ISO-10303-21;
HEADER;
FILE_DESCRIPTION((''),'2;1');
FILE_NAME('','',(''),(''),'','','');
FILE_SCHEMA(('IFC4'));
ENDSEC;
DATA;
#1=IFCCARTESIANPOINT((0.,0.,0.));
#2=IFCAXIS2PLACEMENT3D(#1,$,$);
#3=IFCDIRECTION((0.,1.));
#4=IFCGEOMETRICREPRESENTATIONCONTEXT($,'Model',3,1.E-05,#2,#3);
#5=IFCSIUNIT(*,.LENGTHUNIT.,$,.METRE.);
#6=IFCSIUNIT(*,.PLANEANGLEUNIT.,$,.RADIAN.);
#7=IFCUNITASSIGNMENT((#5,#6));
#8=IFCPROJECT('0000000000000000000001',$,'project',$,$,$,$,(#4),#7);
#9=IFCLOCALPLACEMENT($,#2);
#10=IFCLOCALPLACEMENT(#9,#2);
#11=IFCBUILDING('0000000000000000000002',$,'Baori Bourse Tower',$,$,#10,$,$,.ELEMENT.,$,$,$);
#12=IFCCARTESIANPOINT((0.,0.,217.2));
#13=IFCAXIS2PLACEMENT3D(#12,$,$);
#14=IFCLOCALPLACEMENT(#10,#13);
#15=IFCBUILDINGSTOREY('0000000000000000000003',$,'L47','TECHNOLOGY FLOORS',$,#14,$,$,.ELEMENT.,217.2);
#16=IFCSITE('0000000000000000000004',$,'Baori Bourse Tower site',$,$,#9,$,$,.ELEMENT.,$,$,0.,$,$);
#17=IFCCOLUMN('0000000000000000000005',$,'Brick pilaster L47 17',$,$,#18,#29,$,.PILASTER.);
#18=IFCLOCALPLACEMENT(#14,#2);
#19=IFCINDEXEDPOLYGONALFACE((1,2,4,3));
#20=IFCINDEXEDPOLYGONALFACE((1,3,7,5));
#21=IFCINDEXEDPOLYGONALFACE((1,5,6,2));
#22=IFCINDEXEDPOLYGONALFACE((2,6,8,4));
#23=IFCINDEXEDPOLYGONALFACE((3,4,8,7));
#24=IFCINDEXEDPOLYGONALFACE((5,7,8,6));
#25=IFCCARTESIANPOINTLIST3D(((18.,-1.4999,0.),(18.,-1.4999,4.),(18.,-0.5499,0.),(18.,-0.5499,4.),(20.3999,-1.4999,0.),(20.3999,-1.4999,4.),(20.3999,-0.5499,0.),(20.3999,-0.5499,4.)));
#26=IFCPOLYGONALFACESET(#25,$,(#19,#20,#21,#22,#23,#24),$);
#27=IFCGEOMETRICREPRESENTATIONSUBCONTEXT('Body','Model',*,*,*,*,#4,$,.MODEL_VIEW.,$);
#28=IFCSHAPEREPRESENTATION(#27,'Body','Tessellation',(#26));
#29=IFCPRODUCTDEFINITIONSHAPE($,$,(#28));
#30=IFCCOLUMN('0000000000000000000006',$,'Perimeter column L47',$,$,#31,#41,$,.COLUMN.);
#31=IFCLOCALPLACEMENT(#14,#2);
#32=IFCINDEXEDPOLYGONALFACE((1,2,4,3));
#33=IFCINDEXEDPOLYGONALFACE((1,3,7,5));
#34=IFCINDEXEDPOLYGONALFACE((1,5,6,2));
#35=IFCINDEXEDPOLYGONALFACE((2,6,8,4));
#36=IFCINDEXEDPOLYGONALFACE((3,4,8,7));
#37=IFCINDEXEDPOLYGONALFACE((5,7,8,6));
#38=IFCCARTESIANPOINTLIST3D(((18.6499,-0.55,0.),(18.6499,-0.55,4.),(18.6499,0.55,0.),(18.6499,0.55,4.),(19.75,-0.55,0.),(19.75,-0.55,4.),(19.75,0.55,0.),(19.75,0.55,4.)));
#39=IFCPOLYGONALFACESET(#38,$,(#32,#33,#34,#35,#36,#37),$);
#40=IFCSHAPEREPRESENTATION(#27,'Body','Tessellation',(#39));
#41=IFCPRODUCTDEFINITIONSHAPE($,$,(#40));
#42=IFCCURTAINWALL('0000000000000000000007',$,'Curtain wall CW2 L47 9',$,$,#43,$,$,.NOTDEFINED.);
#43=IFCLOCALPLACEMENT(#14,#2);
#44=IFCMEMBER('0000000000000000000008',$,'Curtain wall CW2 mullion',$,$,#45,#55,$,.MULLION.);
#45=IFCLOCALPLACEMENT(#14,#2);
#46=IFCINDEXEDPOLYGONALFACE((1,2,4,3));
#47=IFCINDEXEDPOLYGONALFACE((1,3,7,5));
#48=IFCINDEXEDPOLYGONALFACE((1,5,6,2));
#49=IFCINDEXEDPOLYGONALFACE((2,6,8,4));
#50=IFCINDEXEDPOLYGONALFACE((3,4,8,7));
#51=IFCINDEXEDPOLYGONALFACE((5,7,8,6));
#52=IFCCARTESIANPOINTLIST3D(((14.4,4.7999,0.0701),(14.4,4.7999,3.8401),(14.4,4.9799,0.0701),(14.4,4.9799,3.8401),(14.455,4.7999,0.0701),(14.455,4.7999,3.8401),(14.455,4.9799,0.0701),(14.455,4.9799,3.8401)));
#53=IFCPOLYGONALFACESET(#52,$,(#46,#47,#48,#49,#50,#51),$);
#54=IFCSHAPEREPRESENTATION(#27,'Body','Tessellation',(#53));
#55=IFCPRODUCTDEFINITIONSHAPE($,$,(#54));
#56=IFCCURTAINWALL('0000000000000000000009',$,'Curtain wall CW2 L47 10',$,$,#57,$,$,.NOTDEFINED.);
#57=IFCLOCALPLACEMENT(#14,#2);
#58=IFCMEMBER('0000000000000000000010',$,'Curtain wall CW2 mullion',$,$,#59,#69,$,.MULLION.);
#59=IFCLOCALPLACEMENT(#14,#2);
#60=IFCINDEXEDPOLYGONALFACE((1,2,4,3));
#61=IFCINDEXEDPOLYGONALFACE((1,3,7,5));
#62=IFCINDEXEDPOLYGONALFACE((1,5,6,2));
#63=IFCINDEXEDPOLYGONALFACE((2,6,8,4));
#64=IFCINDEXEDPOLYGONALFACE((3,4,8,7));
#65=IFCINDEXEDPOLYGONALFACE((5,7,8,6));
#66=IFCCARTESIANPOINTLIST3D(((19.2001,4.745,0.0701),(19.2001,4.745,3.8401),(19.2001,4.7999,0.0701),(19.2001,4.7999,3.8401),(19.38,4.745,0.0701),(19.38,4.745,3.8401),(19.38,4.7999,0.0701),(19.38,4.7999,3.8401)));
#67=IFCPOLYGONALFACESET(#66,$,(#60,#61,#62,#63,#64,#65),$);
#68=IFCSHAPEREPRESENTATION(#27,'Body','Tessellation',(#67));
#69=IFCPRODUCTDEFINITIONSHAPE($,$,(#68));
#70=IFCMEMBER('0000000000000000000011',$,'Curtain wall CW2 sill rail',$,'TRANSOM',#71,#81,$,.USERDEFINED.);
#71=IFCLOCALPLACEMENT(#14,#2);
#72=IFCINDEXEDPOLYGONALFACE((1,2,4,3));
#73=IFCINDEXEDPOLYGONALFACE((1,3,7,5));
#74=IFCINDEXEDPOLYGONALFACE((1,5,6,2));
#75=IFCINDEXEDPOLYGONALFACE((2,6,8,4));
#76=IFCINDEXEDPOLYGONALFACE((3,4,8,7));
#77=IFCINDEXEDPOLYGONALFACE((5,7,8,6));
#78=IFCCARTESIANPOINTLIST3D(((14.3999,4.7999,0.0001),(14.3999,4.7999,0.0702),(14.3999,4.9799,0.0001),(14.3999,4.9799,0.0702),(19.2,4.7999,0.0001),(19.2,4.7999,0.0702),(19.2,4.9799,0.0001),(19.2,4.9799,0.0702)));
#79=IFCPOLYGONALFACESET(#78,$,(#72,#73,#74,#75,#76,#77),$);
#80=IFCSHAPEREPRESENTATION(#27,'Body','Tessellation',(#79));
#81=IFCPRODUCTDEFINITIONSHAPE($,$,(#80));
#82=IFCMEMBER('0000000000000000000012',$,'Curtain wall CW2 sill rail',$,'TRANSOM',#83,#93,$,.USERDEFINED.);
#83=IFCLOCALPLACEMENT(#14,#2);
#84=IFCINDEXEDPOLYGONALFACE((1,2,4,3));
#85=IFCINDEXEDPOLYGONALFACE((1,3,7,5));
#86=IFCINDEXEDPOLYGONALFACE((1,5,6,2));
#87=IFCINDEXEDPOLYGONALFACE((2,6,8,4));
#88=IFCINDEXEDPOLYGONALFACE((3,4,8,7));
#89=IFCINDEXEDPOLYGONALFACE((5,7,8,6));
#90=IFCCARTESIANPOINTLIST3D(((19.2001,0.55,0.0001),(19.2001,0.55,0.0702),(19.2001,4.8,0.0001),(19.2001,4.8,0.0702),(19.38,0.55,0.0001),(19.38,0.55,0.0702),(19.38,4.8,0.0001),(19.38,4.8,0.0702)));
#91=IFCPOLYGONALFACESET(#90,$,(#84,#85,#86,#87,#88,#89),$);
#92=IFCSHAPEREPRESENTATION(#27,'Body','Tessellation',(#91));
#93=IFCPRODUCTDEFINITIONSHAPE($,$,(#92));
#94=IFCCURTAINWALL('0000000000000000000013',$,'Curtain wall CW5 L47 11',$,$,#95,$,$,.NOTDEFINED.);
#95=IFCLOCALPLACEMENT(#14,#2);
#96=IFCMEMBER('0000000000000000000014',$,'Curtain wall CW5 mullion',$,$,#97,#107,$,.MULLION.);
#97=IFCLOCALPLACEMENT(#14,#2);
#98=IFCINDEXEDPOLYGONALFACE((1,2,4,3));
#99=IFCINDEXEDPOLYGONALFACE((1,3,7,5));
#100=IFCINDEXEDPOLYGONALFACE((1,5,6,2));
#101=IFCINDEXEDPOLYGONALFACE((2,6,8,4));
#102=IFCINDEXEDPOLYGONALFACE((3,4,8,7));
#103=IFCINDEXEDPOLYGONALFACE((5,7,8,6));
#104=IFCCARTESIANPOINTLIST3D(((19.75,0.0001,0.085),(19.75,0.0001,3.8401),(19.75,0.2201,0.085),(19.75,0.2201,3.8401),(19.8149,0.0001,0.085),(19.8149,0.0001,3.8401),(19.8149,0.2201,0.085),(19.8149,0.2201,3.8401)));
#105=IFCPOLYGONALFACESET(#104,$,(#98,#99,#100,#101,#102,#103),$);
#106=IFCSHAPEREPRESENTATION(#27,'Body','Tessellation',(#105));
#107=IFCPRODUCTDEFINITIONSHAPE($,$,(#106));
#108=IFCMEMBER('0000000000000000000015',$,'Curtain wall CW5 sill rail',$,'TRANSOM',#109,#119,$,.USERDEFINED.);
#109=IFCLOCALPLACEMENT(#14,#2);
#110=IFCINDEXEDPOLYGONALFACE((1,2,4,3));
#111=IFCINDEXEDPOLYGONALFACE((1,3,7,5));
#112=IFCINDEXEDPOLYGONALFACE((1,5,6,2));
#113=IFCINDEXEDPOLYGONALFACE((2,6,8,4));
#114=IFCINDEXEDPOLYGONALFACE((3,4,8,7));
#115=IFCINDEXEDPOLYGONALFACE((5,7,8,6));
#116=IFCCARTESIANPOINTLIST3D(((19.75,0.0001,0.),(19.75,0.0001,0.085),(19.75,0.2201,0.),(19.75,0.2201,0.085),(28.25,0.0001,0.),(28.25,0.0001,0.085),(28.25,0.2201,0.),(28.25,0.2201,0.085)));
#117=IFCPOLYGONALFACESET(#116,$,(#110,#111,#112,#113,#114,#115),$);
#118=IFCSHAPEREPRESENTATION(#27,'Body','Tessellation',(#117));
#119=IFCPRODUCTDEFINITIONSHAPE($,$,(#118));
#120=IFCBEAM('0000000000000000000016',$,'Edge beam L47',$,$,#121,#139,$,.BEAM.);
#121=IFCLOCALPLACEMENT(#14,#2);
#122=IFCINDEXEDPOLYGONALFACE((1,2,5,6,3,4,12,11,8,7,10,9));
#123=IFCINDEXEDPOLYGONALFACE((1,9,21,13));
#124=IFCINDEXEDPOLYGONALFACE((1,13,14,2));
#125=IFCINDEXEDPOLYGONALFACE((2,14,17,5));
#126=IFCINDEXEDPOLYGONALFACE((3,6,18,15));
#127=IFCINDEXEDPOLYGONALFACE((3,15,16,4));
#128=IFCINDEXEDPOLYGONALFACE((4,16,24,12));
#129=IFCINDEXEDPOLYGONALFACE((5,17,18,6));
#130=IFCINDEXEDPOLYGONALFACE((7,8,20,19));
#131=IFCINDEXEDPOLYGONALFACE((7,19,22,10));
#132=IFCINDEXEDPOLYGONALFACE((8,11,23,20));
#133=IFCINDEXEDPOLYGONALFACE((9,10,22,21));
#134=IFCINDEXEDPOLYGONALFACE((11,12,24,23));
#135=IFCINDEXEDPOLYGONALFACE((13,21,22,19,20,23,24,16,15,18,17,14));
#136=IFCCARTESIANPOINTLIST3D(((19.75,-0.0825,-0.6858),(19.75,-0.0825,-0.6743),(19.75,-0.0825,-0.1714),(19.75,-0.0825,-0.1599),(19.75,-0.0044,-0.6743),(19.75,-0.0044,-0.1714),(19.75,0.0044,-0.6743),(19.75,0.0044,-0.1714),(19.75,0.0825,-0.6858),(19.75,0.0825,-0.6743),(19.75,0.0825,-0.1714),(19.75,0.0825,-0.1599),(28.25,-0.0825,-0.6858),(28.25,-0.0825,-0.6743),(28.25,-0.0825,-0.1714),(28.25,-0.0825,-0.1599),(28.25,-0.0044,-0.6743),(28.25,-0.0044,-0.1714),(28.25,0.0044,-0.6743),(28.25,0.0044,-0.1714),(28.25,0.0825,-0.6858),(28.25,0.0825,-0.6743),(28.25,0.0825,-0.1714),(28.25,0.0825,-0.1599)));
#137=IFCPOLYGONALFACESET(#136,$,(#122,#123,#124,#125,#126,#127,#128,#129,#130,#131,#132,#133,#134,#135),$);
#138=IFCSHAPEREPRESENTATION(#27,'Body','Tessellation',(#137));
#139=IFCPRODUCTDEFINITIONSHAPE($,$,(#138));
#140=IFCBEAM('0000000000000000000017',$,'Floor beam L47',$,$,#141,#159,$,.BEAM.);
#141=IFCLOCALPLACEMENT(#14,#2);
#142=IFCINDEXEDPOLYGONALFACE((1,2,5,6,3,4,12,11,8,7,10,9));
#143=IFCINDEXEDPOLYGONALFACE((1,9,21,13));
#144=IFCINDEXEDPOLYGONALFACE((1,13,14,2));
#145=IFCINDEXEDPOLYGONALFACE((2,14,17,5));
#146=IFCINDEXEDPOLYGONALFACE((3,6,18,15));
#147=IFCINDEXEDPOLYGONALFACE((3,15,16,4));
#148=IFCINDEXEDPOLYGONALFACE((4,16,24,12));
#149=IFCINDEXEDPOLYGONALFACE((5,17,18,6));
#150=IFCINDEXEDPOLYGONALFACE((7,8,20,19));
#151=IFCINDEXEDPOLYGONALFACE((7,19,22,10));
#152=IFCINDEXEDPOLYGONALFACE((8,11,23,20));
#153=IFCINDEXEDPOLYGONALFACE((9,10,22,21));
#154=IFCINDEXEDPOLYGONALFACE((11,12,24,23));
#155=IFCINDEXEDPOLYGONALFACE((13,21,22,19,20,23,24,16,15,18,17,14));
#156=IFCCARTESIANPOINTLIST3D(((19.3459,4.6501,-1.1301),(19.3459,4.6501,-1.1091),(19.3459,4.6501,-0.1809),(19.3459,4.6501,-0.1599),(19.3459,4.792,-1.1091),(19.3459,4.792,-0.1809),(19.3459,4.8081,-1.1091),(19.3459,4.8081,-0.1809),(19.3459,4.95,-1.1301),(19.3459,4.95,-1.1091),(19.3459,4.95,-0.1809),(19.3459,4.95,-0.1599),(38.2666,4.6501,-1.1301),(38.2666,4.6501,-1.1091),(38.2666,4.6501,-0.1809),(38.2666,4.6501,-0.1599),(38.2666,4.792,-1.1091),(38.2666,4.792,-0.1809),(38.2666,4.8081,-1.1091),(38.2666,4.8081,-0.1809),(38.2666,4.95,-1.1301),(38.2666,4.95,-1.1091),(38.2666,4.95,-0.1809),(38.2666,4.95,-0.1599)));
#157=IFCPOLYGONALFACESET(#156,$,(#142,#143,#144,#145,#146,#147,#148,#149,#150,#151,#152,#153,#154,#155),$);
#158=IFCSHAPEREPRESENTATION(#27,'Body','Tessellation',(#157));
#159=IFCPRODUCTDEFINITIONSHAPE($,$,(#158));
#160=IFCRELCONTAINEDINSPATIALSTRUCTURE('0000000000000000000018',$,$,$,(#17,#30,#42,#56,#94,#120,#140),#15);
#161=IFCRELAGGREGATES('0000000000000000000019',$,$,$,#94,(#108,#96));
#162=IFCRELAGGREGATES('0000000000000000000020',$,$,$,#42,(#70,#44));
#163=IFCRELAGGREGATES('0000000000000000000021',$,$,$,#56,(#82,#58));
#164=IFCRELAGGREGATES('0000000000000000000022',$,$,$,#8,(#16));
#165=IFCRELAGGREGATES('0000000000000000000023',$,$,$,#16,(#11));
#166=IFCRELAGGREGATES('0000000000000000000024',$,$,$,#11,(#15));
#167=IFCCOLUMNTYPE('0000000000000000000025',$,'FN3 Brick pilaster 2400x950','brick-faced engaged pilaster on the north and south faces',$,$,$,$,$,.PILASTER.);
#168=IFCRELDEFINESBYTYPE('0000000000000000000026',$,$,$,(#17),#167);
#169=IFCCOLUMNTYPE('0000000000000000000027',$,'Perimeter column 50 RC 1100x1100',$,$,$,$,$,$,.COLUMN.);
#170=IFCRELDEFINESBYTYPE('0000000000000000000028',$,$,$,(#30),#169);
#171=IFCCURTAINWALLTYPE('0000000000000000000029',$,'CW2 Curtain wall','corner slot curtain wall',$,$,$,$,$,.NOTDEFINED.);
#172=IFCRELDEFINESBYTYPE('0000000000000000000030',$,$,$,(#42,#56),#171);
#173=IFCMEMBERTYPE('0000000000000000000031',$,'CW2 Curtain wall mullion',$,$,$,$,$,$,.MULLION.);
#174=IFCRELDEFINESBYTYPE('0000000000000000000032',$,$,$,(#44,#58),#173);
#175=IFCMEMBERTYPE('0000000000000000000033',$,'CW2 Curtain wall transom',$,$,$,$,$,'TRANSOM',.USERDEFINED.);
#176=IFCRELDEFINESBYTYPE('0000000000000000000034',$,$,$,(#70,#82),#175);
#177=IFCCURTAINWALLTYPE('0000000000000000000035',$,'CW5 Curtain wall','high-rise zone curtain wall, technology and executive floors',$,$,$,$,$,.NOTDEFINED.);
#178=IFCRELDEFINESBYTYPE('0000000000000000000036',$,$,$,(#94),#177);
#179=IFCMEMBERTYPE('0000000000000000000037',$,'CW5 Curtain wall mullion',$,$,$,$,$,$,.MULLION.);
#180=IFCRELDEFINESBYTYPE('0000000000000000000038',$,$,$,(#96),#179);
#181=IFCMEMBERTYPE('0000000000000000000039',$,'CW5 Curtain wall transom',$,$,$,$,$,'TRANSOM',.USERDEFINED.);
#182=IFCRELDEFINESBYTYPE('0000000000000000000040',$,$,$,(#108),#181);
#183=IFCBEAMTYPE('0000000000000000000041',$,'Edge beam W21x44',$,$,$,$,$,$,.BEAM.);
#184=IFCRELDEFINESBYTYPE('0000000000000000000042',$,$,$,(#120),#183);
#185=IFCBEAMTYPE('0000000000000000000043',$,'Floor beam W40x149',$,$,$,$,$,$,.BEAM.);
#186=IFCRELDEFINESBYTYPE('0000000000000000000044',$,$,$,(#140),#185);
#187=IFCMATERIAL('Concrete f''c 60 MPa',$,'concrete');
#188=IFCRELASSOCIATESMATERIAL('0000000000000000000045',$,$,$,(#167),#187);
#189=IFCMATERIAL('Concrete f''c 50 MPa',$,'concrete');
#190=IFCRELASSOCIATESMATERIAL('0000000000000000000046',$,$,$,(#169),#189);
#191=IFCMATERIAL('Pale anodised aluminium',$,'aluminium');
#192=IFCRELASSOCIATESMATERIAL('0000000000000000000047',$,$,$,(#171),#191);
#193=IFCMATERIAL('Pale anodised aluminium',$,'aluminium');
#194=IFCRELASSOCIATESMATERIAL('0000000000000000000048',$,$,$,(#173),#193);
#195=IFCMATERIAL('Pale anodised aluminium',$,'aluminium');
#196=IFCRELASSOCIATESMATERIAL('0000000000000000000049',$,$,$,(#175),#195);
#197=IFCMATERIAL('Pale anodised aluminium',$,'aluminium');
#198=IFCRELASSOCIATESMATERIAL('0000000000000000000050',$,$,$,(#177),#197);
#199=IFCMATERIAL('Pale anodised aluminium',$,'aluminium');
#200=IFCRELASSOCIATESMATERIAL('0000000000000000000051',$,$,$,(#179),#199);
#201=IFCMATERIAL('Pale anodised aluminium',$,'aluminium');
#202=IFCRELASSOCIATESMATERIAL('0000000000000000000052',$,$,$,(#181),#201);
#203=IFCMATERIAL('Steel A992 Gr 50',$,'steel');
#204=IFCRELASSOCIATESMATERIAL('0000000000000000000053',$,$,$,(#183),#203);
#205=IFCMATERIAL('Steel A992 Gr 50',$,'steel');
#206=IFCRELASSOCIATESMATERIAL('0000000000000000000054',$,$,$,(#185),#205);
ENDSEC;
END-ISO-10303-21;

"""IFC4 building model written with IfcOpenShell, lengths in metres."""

from ifc_helpers import new_model, si_unit, direction, frame, origin, origin_2d, place, context, subcontext, project, spatial, rectangle, i_section, extrude, material, material_profile, profile_set, type_object, element, aggregate, save


model = new_model("IFC4")

# Units and contexts
model_context = context("Model", 3, precision=1e-05, world=origin(), true_north=direction((0.0, 1.0)))
body_context = subcontext(model_context, "Body", "Model", "MODEL_VIEW")
ifc_project = project(units=[si_unit("LENGTHUNIT", "METRE"), si_unit("PLANEANGLEUNIT", "RADIAN")], contexts=[model_context])

# Site, building, storey
site_placement = place(None, origin())
site = spatial("IfcSite", under=ifc_project, at=site_placement, Name="Baori Bourse Tower site", CompositionType="ELEMENT", RefElevation=0.0)
building_placement = place(site_placement, origin())
building = spatial("IfcBuilding", under=site, at=building_placement, Name="Baori Bourse Tower", CompositionType="ELEMENT")
storey_placement = place(building_placement, frame((0.0, 0.0, 217.2)))
storey = spatial("IfcBuildingStorey", under=building, at=storey_placement, Name="L47", Description="TECHNOLOGY FLOORS", CompositionType="ELEMENT", Elevation=217.2)

# Columns
ifc_material_1 = material(Name="Concrete f'c 60 MPa", Category="concrete")
ifc_material_profile_1 = material_profile(ifc_material_1, rectangle(XDim=2.3999, YDim=0.95, at=origin_2d()), Name="RC 2400x950")
ifc_profile_set_1 = profile_set([ifc_material_profile_1], Name="Concrete f'c 60 MPa")
column_type_1 = type_object("IfcColumnType", Name="FN3 Brick pilaster 2400x950", Description="brick-faced engaged pilaster on the north and south faces", PredefinedType="PILASTER", material=ifc_profile_set_1)
column_1_placement = place(storey_placement, frame((19.2, -1.0249, 0.0), z_axis=(0.0, 0.0, 1.0), x_axis=(1.0, 0.0, 0.0)))
element("IfcColumn", 1, at=column_1_placement, inside=storey, type_object=column_type_1, Name="Brick pilaster L47 17", PredefinedType="PILASTER", context=body_context, shape_type="SweptSolid", body=[
    extrude(rectangle(XDim=2.3999, YDim=0.95, at=origin_2d()), origin(), (0.0, 0.0, 1.0), 4.0),
])
ifc_material_2 = material(Name="Concrete f'c 50 MPa", Category="concrete")
ifc_material_profile_2 = material_profile(ifc_material_2, rectangle(XDim=1.1001, YDim=1.1001, at=origin_2d()), Name="RC 1100x1100")
ifc_profile_set_2 = profile_set([ifc_material_profile_2], Name="Concrete f'c 50 MPa")
column_type_2 = type_object("IfcColumnType", Name="Perimeter column 50 RC 1100x1100", PredefinedType="COLUMN", material=ifc_profile_set_2)
column_2_placement = place(storey_placement, frame((19.2, 0.0, 0.0), z_axis=(0.0, 0.0, 1.0), x_axis=(1.0, 0.0, 0.0)))
element("IfcColumn", 2, at=column_2_placement, inside=storey, type_object=column_type_2, Name="Perimeter column L47", PredefinedType="COLUMN", context=body_context, shape_type="SweptSolid", body=[
    extrude(rectangle(XDim=1.1001, YDim=1.1001, at=origin_2d()), origin(), (0.0, 0.0, 1.0), 4.0),
])

# Curtain walls, members
ifc_material_3 = material(Name="Pale anodised aluminium", Category="aluminium")
curtain_wall_type_1 = type_object("IfcCurtainWallType", Name="CW2 Curtain wall", Description="corner slot curtain wall", PredefinedType="NOTDEFINED", material=ifc_material_3)
curtain_wall_1_placement = place(storey_placement, origin())
curtain_wall_1 = element("IfcCurtainWall", 3, at=curtain_wall_1_placement, inside=storey, type_object=curtain_wall_type_1, Name="Curtain wall CW2 L47 9", PredefinedType="NOTDEFINED")
ifc_material_4 = material(Name="Pale anodised aluminium", Category="aluminium")
ifc_material_profile_3 = material_profile(ifc_material_4, rectangle(XDim=0.1799, YDim=0.0549, at=origin_2d()), Name="Mullion 55x180")
ifc_profile_set_3 = profile_set([ifc_material_profile_3], Name="Pale anodised aluminium")
member_type_1 = type_object("IfcMemberType", Name="CW2 Curtain wall mullion", PredefinedType="MULLION", material=ifc_profile_set_3)
member_1_placement = place(storey_placement, frame((14.4275, 4.8899, 0.0701), z_axis=(0.0, 0.0, 1.0), x_axis=(0.0, 1.0, 0.0)))
member_1 = element("IfcMember", 4, at=member_1_placement, type_object=member_type_1, Name="Curtain wall CW2 mullion", PredefinedType="MULLION", context=body_context, shape_type="SweptSolid", body=[
    extrude(rectangle(XDim=0.1799, YDim=0.0549, at=origin_2d()), origin(), (0.0, 0.0, 1.0), 3.77),
])
curtain_wall_2_placement = place(storey_placement, origin())
curtain_wall_2 = element("IfcCurtainWall", 5, at=curtain_wall_2_placement, inside=storey, type_object=curtain_wall_type_1, Name="Curtain wall CW2 L47 10", PredefinedType="NOTDEFINED")
member_2_placement = place(storey_placement, frame((19.29, 4.7725, 0.0701), z_axis=(0.0, 0.0, 1.0), x_axis=(1.0, 0.0, 0.0)))
member_2 = element("IfcMember", 6, at=member_2_placement, type_object=member_type_1, Name="Curtain wall CW2 mullion", PredefinedType="MULLION", context=body_context, shape_type="SweptSolid", body=[
    extrude(rectangle(XDim=0.1799, YDim=0.0549, at=origin_2d()), origin(), (0.0, 0.0, 1.0), 3.77),
])

# Members
ifc_material_5 = material(Name="Pale anodised aluminium", Category="aluminium")
ifc_material_profile_4 = material_profile(ifc_material_5, rectangle(XDim=0.1799, YDim=0.0701, at=origin_2d()), Name="Transom 70x180")
ifc_profile_set_4 = profile_set([ifc_material_profile_4], Name="Pale anodised aluminium")
member_type_2 = type_object("IfcMemberType", Name="CW2 Curtain wall transom", ElementType="TRANSOM", PredefinedType="USERDEFINED", material=ifc_profile_set_4)
member_3_placement = place(storey_placement, frame((14.3999, 4.8899, 0.0352), z_axis=(1.0, 0.0, 0.0), x_axis=(0.0, 1.0, 0.0)))
member_3 = element("IfcMember", 7, at=member_3_placement, type_object=member_type_2, Name="Curtain wall CW2 sill rail", ObjectType="TRANSOM", PredefinedType="USERDEFINED", context=body_context, shape_type="SweptSolid", body=[
    extrude(rectangle(XDim=0.1799, YDim=0.0701, at=origin_2d()), origin(), (0.0, 0.0, 1.0), 4.8),
])
member_4_placement = place(storey_placement, frame((19.29, 4.8, 0.0352), z_axis=(0.0, -1.0, 0.0), x_axis=(1.0, 0.0, 0.0)))
member_4 = element("IfcMember", 8, at=member_4_placement, type_object=member_type_2, Name="Curtain wall CW2 sill rail", ObjectType="TRANSOM", PredefinedType="USERDEFINED", context=body_context, shape_type="SweptSolid", body=[
    extrude(rectangle(XDim=0.1799, YDim=0.0701, at=origin_2d()), origin(), (0.0, 0.0, 1.0), 4.25),
])

# Curtain wall, members
ifc_material_6 = material(Name="Pale anodised aluminium", Category="aluminium")
curtain_wall_type_2 = type_object("IfcCurtainWallType", Name="CW5 Curtain wall", Description="high-rise zone curtain wall, technology and executive floors", PredefinedType="NOTDEFINED", material=ifc_material_6)
curtain_wall_3_placement = place(storey_placement, origin())
curtain_wall_3 = element("IfcCurtainWall", 9, at=curtain_wall_3_placement, inside=storey, type_object=curtain_wall_type_2, Name="Curtain wall CW5 L47 11", PredefinedType="NOTDEFINED")
ifc_material_7 = material(Name="Pale anodised aluminium", Category="aluminium")
ifc_material_profile_5 = material_profile(ifc_material_7, rectangle(XDim=0.22, YDim=0.0649, at=origin_2d()), Name="Mullion 65x220")
ifc_profile_set_5 = profile_set([ifc_material_profile_5], Name="Pale anodised aluminium")
member_type_3 = type_object("IfcMemberType", Name="CW5 Curtain wall mullion", PredefinedType="MULLION", material=ifc_profile_set_5)
member_5_placement = place(storey_placement, frame((19.7825, 0.1101, 0.085), z_axis=(0.0, 0.0, 1.0), x_axis=(0.0, 1.0, 0.0)))
member_5 = element("IfcMember", 10, at=member_5_placement, type_object=member_type_3, Name="Curtain wall CW5 mullion", PredefinedType="MULLION", context=body_context, shape_type="SweptSolid", body=[
    extrude(rectangle(XDim=0.22, YDim=0.0649, at=origin_2d()), origin(), (0.0, 0.0, 1.0), 3.7551),
])
ifc_material_8 = material(Name="Pale anodised aluminium", Category="aluminium")
ifc_material_profile_6 = material_profile(ifc_material_8, rectangle(XDim=0.22, YDim=0.085, at=origin_2d()), Name="Transom 85x220")
ifc_profile_set_6 = profile_set([ifc_material_profile_6], Name="Pale anodised aluminium")
member_type_4 = type_object("IfcMemberType", Name="CW5 Curtain wall transom", ElementType="TRANSOM", PredefinedType="USERDEFINED", material=ifc_profile_set_6)
member_6_placement = place(storey_placement, frame((19.75, 0.1101, 0.0425), z_axis=(1.0, 0.0, 0.0), x_axis=(0.0, 1.0, 0.0)))
member_6 = element("IfcMember", 11, at=member_6_placement, type_object=member_type_4, Name="Curtain wall CW5 sill rail", ObjectType="TRANSOM", PredefinedType="USERDEFINED", context=body_context, shape_type="SweptSolid", body=[
    extrude(rectangle(XDim=0.22, YDim=0.085, at=origin_2d()), origin(), (0.0, 0.0, 1.0), 8.5),
])
aggregate(curtain_wall_3, [member_6, member_5])

# Beams
ifc_material_9 = material(Name="Steel A992 Gr 50", Category="steel")
ifc_material_profile_7 = material_profile(ifc_material_9, i_section(OverallWidth=0.165, OverallDepth=0.5259, WebThickness=0.0088, FlangeThickness=0.0115, at=origin_2d()), Name="W21x44")
ifc_profile_set_7 = profile_set([ifc_material_profile_7], Name="Steel A992 Gr 50")
beam_type_1 = type_object("IfcBeamType", Name="Edge beam W21x44", PredefinedType="BEAM", material=ifc_profile_set_7)
beam_1_placement = place(storey_placement, frame((19.75, 0.0, -0.4229), z_axis=(1.0, 0.0, 0.0), x_axis=(0.0, 1.0, 0.0)))
element("IfcBeam", 12, at=beam_1_placement, inside=storey, type_object=beam_type_1, Name="Edge beam L47", PredefinedType="BEAM", context=body_context, shape_type="SweptSolid", body=[
    extrude(i_section(OverallWidth=0.165, OverallDepth=0.5259, WebThickness=0.0088, FlangeThickness=0.0115, at=origin_2d()), origin(), (0.0, 0.0, 1.0), 8.5),
])
ifc_material_10 = material(Name="Steel A992 Gr 50", Category="steel")
ifc_material_profile_8 = material_profile(ifc_material_10, i_section(OverallWidth=0.2998, OverallDepth=0.9702, WebThickness=0.0161, FlangeThickness=0.021, at=origin_2d()), Name="W40x149")
ifc_profile_set_8 = profile_set([ifc_material_profile_8], Name="Steel A992 Gr 50")
beam_type_2 = type_object("IfcBeamType", Name="Floor beam W40x149", PredefinedType="BEAM", material=ifc_profile_set_8)
beam_2_placement = place(storey_placement, frame((19.3459, 4.8, -0.645), z_axis=(1.0, 0.0, 0.0), x_axis=(0.0, 1.0, 0.0)))
element("IfcBeam", 13, at=beam_2_placement, inside=storey, type_object=beam_type_2, Name="Floor beam L47", PredefinedType="BEAM", context=body_context, shape_type="SweptSolid", body=[
    extrude(i_section(OverallWidth=0.2998, OverallDepth=0.9702, WebThickness=0.0161, FlangeThickness=0.021, at=origin_2d()), origin(), (0.0, 0.0, 1.0), 18.9207),
])

aggregate(curtain_wall_1, [member_3, member_1])
aggregate(curtain_wall_2, [member_4, member_2])

save(model, "model.ifc")
